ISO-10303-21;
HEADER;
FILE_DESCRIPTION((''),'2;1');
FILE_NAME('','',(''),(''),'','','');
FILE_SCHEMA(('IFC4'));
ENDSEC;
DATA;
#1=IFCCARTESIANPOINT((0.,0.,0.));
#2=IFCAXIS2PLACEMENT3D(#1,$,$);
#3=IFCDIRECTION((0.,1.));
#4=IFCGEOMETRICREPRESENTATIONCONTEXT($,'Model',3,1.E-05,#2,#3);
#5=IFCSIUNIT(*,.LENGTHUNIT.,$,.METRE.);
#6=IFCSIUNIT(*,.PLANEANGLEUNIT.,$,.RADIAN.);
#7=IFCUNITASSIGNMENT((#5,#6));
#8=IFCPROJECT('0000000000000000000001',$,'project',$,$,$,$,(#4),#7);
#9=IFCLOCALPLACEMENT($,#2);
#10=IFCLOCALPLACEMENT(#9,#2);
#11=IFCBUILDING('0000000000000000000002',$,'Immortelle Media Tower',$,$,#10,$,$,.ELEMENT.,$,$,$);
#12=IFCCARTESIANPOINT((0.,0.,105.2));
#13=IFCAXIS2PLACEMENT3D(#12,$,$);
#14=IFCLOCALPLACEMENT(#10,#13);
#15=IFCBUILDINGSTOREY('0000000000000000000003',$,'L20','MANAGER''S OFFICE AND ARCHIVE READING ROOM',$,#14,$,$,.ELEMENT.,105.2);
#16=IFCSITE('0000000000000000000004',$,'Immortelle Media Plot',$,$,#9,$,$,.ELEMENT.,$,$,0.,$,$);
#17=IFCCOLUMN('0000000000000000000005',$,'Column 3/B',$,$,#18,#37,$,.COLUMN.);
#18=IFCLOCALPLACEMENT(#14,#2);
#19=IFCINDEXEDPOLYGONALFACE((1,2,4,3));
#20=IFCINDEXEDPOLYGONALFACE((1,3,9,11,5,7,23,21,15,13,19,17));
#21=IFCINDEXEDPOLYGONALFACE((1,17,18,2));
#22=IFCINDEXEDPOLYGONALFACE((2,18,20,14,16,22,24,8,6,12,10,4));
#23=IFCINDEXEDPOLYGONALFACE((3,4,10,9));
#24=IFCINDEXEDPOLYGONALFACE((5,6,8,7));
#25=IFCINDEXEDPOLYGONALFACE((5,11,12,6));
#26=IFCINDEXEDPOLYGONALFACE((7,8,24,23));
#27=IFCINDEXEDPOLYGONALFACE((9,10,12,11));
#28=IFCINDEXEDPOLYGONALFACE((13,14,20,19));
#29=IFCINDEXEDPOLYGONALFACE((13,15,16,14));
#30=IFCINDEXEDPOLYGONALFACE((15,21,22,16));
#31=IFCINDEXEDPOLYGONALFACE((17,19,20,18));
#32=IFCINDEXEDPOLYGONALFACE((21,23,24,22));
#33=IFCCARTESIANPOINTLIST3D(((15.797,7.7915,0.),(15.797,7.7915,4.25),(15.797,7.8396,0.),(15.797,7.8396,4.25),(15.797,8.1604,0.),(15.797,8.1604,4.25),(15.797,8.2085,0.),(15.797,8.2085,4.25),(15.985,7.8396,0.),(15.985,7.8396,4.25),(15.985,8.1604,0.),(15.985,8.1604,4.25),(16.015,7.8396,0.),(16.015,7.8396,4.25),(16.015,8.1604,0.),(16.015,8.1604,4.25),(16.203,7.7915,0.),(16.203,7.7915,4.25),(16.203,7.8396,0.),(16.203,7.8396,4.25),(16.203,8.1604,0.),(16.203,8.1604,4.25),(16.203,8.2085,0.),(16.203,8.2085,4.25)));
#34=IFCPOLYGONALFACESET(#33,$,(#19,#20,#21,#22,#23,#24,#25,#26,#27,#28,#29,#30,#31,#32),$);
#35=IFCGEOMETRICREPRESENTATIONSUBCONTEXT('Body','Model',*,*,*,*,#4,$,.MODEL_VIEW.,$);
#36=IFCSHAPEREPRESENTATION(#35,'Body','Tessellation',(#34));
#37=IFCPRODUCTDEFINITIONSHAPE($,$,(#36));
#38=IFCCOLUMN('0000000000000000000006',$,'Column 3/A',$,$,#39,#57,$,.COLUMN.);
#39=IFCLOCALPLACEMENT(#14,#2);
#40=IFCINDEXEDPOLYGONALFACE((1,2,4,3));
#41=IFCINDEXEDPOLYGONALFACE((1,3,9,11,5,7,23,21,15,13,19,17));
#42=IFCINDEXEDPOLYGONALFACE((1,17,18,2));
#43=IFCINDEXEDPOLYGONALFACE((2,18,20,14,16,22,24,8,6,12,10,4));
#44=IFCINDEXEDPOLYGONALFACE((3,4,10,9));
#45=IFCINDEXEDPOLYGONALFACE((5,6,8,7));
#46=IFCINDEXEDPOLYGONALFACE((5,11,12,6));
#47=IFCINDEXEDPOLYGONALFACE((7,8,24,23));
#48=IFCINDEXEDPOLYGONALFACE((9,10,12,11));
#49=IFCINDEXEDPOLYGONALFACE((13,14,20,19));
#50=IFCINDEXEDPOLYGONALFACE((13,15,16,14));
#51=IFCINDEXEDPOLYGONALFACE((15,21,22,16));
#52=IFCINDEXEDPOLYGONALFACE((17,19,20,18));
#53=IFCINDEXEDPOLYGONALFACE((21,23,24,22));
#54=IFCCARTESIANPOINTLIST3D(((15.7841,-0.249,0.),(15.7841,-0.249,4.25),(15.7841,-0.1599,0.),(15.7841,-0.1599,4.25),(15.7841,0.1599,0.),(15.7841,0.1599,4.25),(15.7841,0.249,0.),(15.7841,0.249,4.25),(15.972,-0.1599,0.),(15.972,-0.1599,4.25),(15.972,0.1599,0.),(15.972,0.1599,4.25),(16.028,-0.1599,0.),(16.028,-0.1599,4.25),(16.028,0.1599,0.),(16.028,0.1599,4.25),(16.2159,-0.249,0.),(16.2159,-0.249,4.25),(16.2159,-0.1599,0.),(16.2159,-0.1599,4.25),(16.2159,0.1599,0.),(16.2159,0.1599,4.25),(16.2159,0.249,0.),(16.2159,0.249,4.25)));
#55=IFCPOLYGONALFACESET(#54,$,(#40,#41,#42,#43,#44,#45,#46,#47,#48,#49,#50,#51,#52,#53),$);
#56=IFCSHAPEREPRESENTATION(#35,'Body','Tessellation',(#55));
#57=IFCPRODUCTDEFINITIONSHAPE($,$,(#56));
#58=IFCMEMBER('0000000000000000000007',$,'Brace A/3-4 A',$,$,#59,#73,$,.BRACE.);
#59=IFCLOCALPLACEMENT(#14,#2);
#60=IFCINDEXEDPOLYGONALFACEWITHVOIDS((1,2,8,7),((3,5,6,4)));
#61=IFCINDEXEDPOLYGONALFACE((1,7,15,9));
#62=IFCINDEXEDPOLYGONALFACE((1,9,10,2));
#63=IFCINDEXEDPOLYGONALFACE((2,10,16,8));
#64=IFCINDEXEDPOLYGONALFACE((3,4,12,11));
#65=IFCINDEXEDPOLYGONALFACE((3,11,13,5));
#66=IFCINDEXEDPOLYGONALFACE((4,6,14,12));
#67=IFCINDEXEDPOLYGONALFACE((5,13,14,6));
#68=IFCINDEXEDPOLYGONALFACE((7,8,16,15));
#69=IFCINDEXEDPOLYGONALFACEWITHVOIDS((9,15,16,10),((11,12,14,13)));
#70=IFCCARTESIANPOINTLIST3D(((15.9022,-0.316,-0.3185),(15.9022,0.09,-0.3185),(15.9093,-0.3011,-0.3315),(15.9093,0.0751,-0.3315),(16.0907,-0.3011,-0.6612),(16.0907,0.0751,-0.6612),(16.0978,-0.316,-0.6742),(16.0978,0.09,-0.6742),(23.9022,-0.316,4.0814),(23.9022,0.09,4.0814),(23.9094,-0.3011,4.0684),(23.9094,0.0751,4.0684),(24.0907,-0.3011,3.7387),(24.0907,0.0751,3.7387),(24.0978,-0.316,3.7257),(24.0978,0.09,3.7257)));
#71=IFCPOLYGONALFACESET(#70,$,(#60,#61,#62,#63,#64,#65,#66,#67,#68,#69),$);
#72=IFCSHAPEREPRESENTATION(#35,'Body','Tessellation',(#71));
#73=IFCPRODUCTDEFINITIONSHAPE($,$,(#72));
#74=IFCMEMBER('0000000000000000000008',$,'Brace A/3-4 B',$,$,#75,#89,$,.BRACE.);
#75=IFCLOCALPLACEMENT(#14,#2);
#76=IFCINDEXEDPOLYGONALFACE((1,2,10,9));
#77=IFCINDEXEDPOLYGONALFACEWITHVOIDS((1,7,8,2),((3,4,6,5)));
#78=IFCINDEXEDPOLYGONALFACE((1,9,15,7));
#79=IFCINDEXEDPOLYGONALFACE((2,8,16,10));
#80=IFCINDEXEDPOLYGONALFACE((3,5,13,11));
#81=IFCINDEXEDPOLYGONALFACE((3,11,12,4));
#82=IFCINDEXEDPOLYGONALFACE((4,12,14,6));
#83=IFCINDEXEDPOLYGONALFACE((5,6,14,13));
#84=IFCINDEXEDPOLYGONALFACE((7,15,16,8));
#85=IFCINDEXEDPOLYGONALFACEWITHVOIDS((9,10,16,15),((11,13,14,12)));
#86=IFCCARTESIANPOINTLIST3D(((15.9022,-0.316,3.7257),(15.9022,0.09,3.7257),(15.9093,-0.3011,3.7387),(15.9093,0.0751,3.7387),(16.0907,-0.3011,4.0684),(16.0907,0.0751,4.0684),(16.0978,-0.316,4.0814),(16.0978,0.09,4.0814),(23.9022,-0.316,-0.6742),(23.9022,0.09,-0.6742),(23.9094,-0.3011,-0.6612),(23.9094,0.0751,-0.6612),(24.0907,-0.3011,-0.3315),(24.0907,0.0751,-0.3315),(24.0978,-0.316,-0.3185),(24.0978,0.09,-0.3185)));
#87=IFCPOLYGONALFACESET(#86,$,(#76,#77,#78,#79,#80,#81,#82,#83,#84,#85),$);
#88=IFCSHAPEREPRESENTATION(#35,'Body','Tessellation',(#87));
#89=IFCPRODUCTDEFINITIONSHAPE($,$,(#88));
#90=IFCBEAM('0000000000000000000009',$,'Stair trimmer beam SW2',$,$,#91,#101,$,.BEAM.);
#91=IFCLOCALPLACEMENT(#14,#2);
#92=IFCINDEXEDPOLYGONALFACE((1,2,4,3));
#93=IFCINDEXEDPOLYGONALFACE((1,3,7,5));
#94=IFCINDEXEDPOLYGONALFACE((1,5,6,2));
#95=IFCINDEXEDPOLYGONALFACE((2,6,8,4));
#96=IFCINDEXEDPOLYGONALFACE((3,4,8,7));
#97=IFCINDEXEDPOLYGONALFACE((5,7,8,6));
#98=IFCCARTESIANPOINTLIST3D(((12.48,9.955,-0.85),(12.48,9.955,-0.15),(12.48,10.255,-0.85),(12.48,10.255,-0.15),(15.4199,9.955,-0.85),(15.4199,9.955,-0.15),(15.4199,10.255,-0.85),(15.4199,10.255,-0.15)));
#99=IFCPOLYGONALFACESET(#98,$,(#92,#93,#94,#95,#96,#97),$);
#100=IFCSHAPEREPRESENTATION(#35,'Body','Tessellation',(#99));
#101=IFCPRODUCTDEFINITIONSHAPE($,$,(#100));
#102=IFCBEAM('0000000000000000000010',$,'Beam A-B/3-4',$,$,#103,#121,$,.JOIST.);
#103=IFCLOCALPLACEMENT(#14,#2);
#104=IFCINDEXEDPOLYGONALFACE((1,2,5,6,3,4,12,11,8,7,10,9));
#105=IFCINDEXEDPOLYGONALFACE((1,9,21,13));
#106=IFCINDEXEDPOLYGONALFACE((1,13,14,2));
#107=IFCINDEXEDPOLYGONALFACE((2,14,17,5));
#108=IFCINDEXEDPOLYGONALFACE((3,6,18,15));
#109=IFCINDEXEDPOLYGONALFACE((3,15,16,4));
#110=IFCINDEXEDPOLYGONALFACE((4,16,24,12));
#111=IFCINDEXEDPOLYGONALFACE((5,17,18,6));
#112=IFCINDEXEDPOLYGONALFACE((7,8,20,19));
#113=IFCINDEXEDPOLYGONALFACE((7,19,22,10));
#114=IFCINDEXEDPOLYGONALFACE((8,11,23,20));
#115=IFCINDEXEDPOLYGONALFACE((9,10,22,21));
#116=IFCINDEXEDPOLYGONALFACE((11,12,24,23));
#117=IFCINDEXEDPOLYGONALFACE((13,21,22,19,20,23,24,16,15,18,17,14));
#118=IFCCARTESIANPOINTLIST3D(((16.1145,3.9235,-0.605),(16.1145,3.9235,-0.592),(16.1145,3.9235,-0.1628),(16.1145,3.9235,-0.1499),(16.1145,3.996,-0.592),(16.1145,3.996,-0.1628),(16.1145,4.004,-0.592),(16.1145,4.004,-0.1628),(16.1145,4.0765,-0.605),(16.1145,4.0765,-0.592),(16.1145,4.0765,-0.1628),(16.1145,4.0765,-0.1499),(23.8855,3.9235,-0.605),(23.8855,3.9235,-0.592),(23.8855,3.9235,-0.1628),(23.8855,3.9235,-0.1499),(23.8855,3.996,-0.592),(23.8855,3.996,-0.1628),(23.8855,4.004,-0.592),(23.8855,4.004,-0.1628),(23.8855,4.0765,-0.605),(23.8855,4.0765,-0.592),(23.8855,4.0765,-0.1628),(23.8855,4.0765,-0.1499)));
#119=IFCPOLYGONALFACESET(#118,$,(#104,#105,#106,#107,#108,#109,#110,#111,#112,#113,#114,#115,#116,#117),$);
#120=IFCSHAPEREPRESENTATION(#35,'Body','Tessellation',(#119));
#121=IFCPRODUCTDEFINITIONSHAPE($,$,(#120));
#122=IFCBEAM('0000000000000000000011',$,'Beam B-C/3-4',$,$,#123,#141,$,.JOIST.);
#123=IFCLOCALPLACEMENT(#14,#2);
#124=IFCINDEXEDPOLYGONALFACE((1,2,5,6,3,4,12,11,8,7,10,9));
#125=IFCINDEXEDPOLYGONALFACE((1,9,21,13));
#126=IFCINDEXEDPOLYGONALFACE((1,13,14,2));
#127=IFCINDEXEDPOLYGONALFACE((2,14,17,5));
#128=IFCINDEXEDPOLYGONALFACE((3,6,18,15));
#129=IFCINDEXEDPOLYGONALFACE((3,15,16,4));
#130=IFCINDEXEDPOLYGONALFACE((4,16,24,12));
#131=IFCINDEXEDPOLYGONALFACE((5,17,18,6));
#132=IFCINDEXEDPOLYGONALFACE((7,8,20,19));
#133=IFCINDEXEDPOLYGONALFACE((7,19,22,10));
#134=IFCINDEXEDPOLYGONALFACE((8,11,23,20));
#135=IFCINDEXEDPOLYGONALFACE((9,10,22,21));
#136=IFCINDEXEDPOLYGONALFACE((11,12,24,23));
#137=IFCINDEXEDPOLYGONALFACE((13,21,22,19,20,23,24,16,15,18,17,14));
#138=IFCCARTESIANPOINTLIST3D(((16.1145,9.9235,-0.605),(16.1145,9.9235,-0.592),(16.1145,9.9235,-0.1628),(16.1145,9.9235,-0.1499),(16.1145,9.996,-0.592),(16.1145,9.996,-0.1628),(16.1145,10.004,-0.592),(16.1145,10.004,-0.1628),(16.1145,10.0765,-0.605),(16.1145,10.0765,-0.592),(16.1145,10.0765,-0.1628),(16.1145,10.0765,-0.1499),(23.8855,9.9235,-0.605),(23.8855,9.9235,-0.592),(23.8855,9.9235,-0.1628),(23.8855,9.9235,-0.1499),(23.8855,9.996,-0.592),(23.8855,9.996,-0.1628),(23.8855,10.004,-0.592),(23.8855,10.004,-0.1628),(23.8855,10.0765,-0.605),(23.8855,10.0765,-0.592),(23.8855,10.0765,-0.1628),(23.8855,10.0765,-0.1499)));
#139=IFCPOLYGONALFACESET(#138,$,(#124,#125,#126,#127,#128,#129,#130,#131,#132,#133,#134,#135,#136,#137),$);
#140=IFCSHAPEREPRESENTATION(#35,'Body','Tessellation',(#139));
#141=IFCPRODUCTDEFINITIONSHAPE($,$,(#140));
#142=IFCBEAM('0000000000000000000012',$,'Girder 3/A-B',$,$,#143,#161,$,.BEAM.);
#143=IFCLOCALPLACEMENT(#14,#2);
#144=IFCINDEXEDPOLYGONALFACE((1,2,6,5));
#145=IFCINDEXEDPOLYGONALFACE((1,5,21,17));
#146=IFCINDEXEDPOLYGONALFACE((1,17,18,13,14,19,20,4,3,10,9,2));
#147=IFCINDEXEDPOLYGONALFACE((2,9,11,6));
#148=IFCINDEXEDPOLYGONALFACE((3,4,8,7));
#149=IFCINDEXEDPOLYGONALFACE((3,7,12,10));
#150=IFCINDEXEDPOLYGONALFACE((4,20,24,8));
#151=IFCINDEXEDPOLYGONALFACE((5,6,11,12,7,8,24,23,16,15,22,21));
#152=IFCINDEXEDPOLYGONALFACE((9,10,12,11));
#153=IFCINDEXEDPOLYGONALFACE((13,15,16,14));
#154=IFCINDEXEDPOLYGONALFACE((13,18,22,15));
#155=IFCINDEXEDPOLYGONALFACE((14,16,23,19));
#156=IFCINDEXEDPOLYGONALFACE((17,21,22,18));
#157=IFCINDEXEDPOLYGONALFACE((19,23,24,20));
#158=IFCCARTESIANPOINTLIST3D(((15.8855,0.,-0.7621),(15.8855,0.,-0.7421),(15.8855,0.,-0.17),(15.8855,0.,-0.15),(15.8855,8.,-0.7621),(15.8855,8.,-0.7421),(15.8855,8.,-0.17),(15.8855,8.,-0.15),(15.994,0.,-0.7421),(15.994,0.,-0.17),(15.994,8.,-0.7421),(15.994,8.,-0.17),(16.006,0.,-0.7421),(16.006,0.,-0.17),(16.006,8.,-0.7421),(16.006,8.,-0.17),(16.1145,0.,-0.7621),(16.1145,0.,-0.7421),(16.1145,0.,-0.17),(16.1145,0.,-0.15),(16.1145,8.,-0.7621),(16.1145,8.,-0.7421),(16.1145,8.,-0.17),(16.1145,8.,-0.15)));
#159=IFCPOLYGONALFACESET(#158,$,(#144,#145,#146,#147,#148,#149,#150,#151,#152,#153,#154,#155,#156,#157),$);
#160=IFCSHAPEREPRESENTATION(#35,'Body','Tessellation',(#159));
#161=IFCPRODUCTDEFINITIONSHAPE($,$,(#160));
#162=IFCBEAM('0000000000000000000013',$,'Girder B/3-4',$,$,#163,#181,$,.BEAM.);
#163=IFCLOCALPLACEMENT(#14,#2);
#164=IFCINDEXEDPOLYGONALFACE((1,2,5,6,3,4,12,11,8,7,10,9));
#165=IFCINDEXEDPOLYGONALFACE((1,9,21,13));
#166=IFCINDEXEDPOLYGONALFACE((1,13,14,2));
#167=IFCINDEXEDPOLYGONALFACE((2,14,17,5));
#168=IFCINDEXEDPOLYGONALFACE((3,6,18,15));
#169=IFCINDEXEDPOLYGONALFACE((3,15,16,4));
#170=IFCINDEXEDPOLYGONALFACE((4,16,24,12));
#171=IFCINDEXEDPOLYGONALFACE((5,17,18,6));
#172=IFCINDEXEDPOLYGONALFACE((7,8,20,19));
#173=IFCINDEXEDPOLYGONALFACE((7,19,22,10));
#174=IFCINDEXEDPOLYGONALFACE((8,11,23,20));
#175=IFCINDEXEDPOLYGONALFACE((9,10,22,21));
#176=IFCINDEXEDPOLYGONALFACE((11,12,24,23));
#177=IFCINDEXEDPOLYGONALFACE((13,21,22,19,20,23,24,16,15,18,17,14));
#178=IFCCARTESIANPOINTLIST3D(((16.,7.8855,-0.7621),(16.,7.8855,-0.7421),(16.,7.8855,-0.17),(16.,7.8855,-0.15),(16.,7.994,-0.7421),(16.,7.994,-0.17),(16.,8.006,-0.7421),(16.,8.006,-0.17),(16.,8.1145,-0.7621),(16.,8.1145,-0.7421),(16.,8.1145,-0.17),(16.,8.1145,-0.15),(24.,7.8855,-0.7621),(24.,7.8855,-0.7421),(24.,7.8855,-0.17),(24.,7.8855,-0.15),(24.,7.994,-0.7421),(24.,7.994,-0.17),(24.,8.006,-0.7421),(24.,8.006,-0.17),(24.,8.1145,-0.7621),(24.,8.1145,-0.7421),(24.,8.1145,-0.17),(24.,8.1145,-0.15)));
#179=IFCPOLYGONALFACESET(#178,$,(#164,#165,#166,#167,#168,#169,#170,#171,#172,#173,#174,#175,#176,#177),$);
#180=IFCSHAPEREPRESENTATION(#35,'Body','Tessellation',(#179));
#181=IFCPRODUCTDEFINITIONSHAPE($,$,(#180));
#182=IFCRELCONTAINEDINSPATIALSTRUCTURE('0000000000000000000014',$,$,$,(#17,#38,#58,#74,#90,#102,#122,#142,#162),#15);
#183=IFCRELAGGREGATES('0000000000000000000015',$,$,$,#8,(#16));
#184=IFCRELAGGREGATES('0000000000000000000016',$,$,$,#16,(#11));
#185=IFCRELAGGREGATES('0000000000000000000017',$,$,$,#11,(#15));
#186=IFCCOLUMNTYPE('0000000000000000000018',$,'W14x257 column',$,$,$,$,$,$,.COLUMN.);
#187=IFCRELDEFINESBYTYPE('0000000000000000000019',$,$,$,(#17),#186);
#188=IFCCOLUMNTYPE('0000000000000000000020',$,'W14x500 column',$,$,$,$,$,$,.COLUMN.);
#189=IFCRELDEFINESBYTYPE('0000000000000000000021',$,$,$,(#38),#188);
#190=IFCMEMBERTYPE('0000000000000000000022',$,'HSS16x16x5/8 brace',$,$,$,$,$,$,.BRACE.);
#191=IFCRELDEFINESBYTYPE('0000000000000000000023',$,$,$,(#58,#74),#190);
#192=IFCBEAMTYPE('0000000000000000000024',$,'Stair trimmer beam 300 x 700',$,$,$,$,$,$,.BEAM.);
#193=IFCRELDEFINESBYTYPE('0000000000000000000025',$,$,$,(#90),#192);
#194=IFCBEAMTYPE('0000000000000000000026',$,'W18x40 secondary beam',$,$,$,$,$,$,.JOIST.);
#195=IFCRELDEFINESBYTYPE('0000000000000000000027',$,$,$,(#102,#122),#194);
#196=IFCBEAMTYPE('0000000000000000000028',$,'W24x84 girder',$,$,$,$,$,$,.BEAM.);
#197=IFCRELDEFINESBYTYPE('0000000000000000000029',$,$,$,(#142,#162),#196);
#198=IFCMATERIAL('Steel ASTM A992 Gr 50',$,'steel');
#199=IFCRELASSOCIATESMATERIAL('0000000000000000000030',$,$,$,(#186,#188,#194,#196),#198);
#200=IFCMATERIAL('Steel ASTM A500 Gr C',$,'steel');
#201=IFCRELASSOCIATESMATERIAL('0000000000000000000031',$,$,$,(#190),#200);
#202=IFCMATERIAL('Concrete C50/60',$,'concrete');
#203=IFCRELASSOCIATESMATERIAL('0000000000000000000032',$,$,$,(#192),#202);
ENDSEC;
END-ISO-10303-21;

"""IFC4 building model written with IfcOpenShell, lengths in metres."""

from ifc_helpers import new_model, si_unit, direction, frame, origin, origin_2d, place, context, subcontext, project, spatial, rectangle, hollow_rectangle, i_section, extrude, material, material_profile, profile_set, type_object, element, save


model = new_model("IFC4")

# Units and contexts
model_context = context("Model", 3, precision=1e-05, world=origin(), true_north=direction((0.0, 1.0)))
body_context = subcontext(model_context, "Body", "Model", "MODEL_VIEW")
ifc_project = project(units=[si_unit("LENGTHUNIT", "METRE"), si_unit("PLANEANGLEUNIT", "RADIAN")], contexts=[model_context])

# Site, building, storey
site_placement = place(None, origin())
site = spatial("IfcSite", under=ifc_project, at=site_placement, Name="Immortelle Media Plot", CompositionType="ELEMENT", RefElevation=0.0)
building_placement = place(site_placement, origin())
building = spatial("IfcBuilding", under=site, at=building_placement, Name="Immortelle Media Tower", CompositionType="ELEMENT")
storey_placement = place(building_placement, frame((0.0, 0.0, 105.2)))
storey = spatial("IfcBuildingStorey", under=building, at=storey_placement, Name="L20", Description="MANAGER'S OFFICE AND ARCHIVE READING ROOM", CompositionType="ELEMENT", Elevation=105.2)

# Columns
ifc_material_1 = material(Name="Steel ASTM A992 Gr 50", Category="steel")
ifc_material_profile_1 = material_profile(ifc_material_1, i_section(OverallWidth=0.406, OverallDepth=0.417, WebThickness=0.03, FlangeThickness=0.0481, at=origin_2d()), Name="W14x257")
ifc_profile_set_1 = profile_set([ifc_material_profile_1], Name="Steel ASTM A992 Gr 50")
column_type_1 = type_object("IfcColumnType", Name="W14x257 column", PredefinedType="COLUMN", material=ifc_profile_set_1)
column_1_placement = place(storey_placement, frame((16.0, 8.0, 0.0), z_axis=(0.0, 0.0, 1.0), x_axis=(1.0, 0.0, 0.0)))
element("IfcColumn", 1, at=column_1_placement, inside=storey, type_object=column_type_1, Name="Column 3/B", PredefinedType="COLUMN", context=body_context, shape_type="SweptSolid", body=[
    extrude(i_section(OverallWidth=0.406, OverallDepth=0.417, WebThickness=0.03, FlangeThickness=0.0481, at=origin_2d()), origin(), (0.0, 0.0, 1.0), 4.25),
])
ifc_material_profile_2 = material_profile(ifc_material_1, i_section(OverallWidth=0.4319, OverallDepth=0.498, WebThickness=0.0559, FlangeThickness=0.0891, at=origin_2d()), Name="W14x500")
ifc_profile_set_2 = profile_set([ifc_material_profile_2], Name="Steel ASTM A992 Gr 50")
column_type_2 = type_object("IfcColumnType", Name="W14x500 column", PredefinedType="COLUMN", material=ifc_profile_set_2)
column_2_placement = place(storey_placement, frame((16.0, 0.0, 0.0), z_axis=(0.0, 0.0, 1.0), x_axis=(1.0, 0.0, 0.0)))
element("IfcColumn", 2, at=column_2_placement, inside=storey, type_object=column_type_2, Name="Column 3/A", PredefinedType="COLUMN", context=body_context, shape_type="SweptSolid", body=[
    extrude(i_section(OverallWidth=0.4319, OverallDepth=0.498, WebThickness=0.0559, FlangeThickness=0.0891, at=origin_2d()), origin(), (0.0, 0.0, 1.0), 4.25),
])

# Members
ifc_material_2 = material(Name="Steel ASTM A500 Gr C", Category="steel")
ifc_material_profile_3 = material_profile(ifc_material_2, hollow_rectangle(XDim=0.406, YDim=0.406, WallThickness=0.0149, at=origin_2d()), Name="HSS16x16x5/8 brace")
ifc_profile_set_3 = profile_set([ifc_material_profile_3], Name="Steel ASTM A500 Gr C")
member_type = type_object("IfcMemberType", Name="HSS16x16x5/8 brace", PredefinedType="BRACE", material=ifc_profile_set_3)
for number, where, z_axis, x_axis, name in (
    (3, (16.0, -0.113, -0.4963), (0.87622, 0.0, 0.481911), (0.0, 1.0, 0.0), "Brace A/3-4 A"),
    (4, (16.0, -0.113, 3.9036), (0.87622, 0.0, -0.481911), (0.0, 1.0, 0.0), "Brace A/3-4 B"),
):
    element("IfcMember", number, at=place(storey_placement, frame(where, z_axis=z_axis, x_axis=x_axis)), inside=storey, type_object=member_type, Name=name, PredefinedType="BRACE", context=body_context, shape_type="SweptSolid", body=[
        extrude(hollow_rectangle(XDim=0.406, YDim=0.406, WallThickness=0.0149, at=origin_2d()), origin(), (0.0, 0.0, 1.0), 9.1301),
    ])

# Beams
ifc_material_3 = material(Name="Concrete C50/60", Category="concrete")
ifc_material_profile_4 = material_profile(ifc_material_3, rectangle(XDim=0.3, YDim=0.7, at=origin_2d()), Name="RC 300x700")
ifc_profile_set_4 = profile_set([ifc_material_profile_4], Name="Concrete C50/60")
beam_type_1 = type_object("IfcBeamType", Name="Stair trimmer beam 300 x 700", PredefinedType="BEAM", material=ifc_profile_set_4)
beam_1_placement = place(storey_placement, frame((12.48, 10.105, -0.5), z_axis=(1.0, 0.0, 0.0), x_axis=(0.0, 1.0, 0.0)))
element("IfcBeam", 5, at=beam_1_placement, inside=storey, type_object=beam_type_1, Name="Stair trimmer beam SW2", PredefinedType="BEAM", context=body_context, shape_type="SweptSolid", body=[
    extrude(rectangle(XDim=0.3, YDim=0.7, at=origin_2d()), origin(), (0.0, 0.0, 1.0), 2.9399),
])
ifc_material_profile_5 = material_profile(ifc_material_1, i_section(OverallWidth=0.1531, OverallDepth=0.4551, WebThickness=0.0081, FlangeThickness=0.0129, at=origin_2d()), Name="W18x40")
ifc_profile_set_5 = profile_set([ifc_material_profile_5], Name="Steel ASTM A992 Gr 50")
beam_type_2 = type_object("IfcBeamType", Name="W18x40 secondary beam", PredefinedType="JOIST", material=ifc_profile_set_5)
for number, where, z_axis, x_axis, name in (
    (6, (16.1145, 4.0, -0.3774), (1.0, 0.0, 0.0), (0.0, 1.0, 0.0), "Beam A-B/3-4"),
    (7, (16.1145, 10.0, -0.3774), (1.0, 0.0, 0.0), (0.0, 1.0, 0.0), "Beam B-C/3-4"),
):
    element("IfcBeam", number, at=place(storey_placement, frame(where, z_axis=z_axis, x_axis=x_axis)), inside=storey, type_object=beam_type_2, Name=name, PredefinedType="JOIST", context=body_context, shape_type="SweptSolid", body=[
        extrude(i_section(OverallWidth=0.1531, OverallDepth=0.4551, WebThickness=0.0081, FlangeThickness=0.0129, at=origin_2d()), origin(), (0.0, 0.0, 1.0), 7.771),
    ])
ifc_material_profile_6 = material_profile(ifc_material_1, i_section(OverallWidth=0.229, OverallDepth=0.6121, WebThickness=0.012, FlangeThickness=0.02, at=origin_2d()), Name="W24x84")
ifc_profile_set_6 = profile_set([ifc_material_profile_6], Name="Steel ASTM A992 Gr 50")
beam_type_3 = type_object("IfcBeamType", Name="W24x84 girder", PredefinedType="BEAM", material=ifc_profile_set_6)
for number, where, z_axis, x_axis, name in (
    (8, (16.0, 0.0, -0.4561), (0.0, 1.0, 0.0), (-1.0, 0.0, 0.0), "Girder 3/A-B"),
    (9, (16.0, 8.0, -0.4561), (1.0, 0.0, 0.0), (0.0, 1.0, 0.0), "Girder B/3-4"),
):
    element("IfcBeam", number, at=place(storey_placement, frame(where, z_axis=z_axis, x_axis=x_axis)), inside=storey, type_object=beam_type_3, Name=name, PredefinedType="BEAM", context=body_context, shape_type="SweptSolid", body=[
        extrude(i_section(OverallWidth=0.229, OverallDepth=0.6121, WebThickness=0.012, FlangeThickness=0.02, at=origin_2d()), origin(), (0.0, 0.0, 1.0), 8.0),
    ])

save(model, "model.ifc")
